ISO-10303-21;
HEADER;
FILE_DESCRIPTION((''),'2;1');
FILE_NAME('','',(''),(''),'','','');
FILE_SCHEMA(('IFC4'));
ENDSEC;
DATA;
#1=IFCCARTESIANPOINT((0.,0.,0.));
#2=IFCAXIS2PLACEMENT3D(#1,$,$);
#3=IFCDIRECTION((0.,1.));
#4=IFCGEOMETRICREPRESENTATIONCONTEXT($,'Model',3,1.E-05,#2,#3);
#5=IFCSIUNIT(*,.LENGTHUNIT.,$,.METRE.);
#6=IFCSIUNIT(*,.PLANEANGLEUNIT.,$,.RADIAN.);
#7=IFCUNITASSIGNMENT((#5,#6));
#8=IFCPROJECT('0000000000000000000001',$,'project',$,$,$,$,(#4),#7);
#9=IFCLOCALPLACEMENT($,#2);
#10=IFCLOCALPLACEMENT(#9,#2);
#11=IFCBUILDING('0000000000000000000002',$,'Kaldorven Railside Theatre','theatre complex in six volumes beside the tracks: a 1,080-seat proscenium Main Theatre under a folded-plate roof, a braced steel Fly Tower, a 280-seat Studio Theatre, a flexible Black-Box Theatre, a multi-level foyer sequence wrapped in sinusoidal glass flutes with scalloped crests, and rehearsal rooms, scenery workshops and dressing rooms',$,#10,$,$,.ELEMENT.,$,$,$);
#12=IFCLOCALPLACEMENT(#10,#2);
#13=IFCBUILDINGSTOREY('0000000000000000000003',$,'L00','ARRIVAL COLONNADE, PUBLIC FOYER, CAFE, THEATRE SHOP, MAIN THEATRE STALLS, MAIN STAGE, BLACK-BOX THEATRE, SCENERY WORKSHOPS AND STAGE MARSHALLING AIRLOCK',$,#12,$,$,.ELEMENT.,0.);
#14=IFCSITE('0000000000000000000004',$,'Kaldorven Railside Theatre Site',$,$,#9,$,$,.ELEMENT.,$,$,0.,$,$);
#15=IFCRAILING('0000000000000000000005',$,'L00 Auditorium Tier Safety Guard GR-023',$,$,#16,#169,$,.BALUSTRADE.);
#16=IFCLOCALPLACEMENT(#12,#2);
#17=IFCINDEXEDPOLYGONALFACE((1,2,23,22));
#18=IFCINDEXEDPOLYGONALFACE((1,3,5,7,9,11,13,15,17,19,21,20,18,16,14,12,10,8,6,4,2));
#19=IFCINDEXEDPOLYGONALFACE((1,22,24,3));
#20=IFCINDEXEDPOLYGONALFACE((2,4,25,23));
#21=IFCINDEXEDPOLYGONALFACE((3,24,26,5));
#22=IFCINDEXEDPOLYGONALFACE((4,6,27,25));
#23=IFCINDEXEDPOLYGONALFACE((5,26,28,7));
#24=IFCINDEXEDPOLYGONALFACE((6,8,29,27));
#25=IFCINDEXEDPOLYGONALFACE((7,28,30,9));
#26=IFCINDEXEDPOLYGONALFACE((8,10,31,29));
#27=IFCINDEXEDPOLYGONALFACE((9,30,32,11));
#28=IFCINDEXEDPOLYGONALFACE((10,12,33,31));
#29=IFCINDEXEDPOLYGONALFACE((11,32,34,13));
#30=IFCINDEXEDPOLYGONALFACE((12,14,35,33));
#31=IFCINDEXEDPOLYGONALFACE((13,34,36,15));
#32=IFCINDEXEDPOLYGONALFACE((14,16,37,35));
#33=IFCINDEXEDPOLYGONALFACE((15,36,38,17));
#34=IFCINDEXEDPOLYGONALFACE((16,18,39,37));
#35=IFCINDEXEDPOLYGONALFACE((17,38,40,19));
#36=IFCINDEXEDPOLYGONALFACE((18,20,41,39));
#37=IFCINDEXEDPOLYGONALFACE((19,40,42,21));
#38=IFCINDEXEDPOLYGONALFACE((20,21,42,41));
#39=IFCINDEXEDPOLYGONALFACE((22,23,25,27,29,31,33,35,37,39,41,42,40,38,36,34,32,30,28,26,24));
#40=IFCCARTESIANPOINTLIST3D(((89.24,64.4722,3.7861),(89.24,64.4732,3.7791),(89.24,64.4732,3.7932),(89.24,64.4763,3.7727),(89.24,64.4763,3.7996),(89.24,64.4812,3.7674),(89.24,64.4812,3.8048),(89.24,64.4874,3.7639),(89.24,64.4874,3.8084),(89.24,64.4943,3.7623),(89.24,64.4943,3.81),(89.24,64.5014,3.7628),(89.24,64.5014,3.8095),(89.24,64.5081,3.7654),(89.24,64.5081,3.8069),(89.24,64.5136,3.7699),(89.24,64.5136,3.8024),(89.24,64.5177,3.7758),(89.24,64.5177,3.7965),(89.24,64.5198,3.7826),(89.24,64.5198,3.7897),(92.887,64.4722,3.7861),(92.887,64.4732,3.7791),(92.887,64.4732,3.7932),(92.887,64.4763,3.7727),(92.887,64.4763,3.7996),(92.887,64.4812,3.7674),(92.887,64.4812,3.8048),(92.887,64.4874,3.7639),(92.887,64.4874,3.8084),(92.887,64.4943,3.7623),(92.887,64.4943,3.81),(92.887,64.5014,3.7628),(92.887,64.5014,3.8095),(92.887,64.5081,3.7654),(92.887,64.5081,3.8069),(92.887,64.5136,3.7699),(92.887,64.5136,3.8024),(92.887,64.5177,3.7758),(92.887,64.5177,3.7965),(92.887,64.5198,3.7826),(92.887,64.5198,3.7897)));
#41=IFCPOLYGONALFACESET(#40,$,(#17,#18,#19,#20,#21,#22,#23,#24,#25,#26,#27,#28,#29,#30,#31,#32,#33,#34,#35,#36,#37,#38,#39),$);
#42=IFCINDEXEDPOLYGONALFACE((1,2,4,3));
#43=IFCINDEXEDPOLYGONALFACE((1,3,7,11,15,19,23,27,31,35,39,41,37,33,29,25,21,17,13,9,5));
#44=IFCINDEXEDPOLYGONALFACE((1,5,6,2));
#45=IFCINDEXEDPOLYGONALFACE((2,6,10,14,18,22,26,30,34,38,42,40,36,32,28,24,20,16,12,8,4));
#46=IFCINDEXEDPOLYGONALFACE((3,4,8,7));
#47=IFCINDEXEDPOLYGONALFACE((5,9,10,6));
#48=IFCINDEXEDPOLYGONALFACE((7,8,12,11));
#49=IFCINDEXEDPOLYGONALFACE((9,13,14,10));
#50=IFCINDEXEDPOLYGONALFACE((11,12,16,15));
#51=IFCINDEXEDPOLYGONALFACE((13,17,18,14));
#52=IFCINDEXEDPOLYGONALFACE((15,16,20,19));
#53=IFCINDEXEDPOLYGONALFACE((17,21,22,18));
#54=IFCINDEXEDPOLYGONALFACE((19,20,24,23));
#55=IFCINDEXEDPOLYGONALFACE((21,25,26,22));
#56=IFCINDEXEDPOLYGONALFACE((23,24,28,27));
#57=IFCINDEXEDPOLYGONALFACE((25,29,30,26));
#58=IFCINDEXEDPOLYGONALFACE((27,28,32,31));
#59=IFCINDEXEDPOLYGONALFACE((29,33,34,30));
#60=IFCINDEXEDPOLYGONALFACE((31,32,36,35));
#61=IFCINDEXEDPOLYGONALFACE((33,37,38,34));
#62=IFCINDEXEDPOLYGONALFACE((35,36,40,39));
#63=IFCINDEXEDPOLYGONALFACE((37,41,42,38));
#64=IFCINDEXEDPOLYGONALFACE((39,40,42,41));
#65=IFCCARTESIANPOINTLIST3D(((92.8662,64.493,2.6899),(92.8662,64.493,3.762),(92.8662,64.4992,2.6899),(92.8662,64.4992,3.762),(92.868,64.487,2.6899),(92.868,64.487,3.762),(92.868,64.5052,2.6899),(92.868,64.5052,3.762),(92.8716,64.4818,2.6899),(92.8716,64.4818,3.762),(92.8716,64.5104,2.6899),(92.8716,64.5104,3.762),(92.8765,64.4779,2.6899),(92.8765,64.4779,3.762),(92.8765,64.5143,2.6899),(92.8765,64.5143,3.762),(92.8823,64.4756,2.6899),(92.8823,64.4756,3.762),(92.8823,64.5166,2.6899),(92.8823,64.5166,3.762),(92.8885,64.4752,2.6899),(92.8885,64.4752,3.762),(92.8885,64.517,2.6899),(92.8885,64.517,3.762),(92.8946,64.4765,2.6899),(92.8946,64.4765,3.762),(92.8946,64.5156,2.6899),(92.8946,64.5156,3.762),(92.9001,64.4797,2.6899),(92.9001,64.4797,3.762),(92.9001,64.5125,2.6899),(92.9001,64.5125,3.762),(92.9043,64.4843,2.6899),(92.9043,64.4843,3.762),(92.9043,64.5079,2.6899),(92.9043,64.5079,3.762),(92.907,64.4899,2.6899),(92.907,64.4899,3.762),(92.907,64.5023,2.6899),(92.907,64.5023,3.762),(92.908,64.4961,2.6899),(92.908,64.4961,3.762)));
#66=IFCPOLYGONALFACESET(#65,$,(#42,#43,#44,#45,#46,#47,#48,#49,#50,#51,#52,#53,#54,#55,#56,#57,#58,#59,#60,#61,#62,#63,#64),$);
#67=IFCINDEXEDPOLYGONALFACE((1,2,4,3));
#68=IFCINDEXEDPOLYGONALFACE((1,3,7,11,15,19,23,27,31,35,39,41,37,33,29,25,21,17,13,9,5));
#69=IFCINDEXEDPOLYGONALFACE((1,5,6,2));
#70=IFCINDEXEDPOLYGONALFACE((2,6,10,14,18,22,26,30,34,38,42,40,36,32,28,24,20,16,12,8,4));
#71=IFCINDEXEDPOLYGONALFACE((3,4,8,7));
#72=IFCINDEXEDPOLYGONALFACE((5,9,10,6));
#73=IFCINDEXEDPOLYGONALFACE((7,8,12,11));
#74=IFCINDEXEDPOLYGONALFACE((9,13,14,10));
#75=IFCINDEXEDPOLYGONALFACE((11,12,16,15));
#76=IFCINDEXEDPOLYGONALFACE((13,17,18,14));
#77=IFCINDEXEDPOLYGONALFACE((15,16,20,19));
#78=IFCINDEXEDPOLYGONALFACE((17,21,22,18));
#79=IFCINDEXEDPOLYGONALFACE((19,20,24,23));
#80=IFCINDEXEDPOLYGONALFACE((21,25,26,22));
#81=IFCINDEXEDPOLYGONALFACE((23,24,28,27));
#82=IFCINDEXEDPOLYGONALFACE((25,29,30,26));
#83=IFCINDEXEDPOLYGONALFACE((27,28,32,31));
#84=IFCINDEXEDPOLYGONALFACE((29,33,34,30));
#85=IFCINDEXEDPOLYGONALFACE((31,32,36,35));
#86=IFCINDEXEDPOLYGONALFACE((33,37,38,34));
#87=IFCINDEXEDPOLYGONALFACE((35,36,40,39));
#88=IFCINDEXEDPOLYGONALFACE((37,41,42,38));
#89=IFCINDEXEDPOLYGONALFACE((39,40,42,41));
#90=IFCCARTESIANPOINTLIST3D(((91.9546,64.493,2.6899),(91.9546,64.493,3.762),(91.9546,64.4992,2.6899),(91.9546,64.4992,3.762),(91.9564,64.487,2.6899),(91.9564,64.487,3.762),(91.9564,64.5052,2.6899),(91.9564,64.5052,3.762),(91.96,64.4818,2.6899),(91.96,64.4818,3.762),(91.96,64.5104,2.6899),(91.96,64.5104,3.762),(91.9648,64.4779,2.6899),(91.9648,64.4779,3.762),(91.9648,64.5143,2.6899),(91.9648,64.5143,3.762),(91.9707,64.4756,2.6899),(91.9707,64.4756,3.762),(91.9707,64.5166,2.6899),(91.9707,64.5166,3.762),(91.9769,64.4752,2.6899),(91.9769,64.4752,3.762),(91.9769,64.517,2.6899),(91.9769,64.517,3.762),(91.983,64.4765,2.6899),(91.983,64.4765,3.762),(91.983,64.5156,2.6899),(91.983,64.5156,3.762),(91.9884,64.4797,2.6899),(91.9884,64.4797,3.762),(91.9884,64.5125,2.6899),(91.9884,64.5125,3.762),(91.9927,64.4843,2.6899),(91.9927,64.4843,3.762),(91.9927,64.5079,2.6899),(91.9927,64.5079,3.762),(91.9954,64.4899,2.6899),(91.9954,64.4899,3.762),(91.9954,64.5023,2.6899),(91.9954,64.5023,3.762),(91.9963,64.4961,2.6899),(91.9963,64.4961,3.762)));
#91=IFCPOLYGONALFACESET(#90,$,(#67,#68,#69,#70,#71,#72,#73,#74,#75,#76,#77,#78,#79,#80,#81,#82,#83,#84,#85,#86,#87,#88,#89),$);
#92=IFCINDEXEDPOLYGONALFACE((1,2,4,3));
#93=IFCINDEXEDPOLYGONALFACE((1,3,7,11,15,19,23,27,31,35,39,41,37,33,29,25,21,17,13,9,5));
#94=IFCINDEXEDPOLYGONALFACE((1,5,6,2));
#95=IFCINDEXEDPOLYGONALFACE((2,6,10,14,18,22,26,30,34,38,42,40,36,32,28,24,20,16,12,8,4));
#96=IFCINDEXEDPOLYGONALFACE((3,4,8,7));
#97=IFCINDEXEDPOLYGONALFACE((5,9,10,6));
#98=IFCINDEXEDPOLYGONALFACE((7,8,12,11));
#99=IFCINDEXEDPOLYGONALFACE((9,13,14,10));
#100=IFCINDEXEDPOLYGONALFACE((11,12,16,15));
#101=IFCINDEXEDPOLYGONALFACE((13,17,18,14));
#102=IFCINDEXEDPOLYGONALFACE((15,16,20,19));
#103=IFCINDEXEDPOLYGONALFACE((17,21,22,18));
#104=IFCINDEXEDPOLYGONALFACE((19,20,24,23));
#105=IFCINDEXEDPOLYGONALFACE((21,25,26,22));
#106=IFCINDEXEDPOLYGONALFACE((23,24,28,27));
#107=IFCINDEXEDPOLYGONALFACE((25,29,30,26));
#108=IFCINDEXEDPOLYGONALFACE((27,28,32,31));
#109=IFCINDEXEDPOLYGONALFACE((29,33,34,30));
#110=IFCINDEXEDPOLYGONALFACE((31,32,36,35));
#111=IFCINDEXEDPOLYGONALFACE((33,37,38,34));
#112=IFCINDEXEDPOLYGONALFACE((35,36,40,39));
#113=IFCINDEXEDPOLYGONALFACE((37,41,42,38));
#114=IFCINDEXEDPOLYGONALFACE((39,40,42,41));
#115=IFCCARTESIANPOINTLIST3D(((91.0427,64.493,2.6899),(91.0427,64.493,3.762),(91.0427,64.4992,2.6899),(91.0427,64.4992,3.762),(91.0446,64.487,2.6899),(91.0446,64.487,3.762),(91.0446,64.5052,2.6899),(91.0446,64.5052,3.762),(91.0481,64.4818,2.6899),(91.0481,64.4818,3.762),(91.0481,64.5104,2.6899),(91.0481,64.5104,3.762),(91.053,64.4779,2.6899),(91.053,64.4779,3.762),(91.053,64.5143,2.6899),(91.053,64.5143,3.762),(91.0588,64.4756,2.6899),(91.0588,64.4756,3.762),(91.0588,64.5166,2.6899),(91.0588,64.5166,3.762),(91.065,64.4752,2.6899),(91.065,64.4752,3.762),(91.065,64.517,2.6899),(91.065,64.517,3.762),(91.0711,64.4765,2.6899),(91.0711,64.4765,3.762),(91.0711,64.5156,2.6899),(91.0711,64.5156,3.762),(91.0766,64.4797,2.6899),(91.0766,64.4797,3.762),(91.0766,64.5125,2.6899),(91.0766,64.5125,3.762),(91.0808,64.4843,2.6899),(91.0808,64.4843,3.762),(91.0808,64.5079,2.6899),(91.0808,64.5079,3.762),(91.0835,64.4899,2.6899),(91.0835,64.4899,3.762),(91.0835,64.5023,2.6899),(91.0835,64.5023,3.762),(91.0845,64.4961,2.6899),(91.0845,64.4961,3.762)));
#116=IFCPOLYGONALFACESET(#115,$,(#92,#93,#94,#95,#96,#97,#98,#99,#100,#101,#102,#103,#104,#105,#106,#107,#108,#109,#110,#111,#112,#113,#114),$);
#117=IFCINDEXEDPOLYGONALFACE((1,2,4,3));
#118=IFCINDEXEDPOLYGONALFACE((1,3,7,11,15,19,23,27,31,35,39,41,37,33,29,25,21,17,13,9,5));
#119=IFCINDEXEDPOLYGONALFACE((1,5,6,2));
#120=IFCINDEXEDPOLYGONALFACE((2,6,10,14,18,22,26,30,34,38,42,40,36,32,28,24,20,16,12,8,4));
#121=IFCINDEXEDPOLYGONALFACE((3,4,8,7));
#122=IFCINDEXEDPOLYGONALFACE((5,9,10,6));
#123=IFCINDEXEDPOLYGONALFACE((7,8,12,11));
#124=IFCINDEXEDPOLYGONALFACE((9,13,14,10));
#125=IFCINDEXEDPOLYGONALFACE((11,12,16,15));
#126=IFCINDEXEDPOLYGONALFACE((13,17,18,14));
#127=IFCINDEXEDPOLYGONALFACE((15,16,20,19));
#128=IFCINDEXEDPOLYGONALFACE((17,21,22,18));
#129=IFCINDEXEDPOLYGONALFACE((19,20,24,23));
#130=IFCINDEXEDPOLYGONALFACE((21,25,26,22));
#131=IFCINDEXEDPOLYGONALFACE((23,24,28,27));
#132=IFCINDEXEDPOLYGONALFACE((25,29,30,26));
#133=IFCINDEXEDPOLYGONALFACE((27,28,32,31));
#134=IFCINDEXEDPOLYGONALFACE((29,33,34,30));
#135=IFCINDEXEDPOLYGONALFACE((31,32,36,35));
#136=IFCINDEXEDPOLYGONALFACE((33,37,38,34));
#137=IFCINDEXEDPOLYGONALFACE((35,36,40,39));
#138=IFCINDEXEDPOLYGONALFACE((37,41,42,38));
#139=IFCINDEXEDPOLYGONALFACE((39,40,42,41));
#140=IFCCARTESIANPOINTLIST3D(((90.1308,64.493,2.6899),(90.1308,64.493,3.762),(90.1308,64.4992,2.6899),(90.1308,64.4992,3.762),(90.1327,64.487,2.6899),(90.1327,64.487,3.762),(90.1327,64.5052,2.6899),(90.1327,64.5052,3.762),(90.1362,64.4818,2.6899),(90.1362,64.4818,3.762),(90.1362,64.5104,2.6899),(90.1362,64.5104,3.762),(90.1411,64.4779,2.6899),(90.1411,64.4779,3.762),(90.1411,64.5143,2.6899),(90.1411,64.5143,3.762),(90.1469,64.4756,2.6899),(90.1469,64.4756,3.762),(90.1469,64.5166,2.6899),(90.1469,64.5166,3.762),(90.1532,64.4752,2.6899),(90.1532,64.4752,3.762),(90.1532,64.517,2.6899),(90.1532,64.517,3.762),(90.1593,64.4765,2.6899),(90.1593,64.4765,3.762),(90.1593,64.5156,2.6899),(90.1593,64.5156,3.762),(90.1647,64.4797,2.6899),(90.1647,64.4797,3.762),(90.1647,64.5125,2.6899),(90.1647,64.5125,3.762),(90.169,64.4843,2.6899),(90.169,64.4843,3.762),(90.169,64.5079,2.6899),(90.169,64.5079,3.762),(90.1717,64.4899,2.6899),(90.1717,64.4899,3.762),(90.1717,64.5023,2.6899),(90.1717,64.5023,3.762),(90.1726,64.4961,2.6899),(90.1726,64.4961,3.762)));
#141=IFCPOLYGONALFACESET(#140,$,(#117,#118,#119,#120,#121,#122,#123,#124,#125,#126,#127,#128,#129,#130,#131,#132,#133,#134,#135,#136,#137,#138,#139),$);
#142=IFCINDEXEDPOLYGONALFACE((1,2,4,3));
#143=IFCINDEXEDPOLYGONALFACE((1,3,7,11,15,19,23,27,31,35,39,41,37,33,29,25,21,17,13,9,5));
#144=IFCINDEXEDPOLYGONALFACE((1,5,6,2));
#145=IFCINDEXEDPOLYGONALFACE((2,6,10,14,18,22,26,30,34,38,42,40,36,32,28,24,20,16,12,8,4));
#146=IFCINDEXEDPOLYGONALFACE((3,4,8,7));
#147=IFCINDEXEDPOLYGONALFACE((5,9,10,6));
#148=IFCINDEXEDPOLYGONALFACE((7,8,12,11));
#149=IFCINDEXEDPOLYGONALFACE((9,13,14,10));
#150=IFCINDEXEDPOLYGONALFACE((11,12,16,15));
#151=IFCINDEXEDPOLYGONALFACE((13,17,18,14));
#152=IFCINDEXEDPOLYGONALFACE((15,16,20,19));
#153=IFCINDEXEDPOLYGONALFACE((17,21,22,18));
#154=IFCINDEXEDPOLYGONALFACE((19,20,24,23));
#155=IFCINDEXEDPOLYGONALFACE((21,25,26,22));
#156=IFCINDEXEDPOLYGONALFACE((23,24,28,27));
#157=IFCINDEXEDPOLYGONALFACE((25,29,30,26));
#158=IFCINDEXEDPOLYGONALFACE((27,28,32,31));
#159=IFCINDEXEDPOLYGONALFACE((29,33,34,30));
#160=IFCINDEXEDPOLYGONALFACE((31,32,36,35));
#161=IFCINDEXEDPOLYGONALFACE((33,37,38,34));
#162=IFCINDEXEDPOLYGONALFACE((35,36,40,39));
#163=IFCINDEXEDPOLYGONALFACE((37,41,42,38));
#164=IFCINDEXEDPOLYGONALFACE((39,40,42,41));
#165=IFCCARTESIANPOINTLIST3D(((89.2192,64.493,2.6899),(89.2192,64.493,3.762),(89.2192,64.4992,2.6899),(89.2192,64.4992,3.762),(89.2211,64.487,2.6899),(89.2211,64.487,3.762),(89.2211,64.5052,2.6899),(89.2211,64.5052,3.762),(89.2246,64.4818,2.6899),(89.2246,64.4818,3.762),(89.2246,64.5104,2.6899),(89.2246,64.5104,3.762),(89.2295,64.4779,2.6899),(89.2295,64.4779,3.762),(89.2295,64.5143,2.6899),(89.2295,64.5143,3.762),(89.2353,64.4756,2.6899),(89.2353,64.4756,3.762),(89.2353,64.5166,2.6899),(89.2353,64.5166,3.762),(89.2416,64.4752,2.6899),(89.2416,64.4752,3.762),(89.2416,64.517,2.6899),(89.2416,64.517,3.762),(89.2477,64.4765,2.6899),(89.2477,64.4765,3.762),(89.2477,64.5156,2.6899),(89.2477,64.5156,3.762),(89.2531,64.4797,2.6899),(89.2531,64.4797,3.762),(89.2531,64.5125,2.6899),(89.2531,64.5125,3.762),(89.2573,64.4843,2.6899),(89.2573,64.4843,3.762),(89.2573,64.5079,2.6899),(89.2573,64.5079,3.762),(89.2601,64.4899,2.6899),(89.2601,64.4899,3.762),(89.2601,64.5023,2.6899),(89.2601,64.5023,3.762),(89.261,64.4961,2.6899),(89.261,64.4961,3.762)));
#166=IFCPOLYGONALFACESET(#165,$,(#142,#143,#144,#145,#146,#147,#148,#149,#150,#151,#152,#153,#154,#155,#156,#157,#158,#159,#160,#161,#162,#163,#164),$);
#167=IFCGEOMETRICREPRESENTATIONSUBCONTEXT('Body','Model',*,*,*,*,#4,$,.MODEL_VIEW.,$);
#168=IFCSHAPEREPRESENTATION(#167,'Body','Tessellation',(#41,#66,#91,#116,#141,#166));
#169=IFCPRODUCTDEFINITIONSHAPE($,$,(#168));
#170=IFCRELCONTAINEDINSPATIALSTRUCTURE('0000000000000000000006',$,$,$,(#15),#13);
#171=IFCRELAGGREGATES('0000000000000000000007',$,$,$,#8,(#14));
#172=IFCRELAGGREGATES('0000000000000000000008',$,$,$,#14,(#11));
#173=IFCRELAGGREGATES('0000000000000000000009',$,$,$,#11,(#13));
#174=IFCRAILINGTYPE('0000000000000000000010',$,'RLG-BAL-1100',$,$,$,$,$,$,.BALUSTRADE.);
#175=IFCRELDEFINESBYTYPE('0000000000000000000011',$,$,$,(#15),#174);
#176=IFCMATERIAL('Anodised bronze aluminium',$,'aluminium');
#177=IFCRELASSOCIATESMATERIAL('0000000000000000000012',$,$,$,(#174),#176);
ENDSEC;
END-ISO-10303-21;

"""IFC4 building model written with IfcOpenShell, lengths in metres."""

from ifc_helpers import new_model, si_unit, direction, frame, origin, origin_2d, place, context, subcontext, project, spatial, circle, extrude, material, type_object, element, save


model = new_model("IFC4")

# Units and contexts
model_context = context("Model", 3, precision=1e-05, world=origin(), true_north=direction((0.0, 1.0)))
body_context = subcontext(model_context, "Body", "Model", "MODEL_VIEW")
ifc_project = project(units=[si_unit("LENGTHUNIT", "METRE"), si_unit("PLANEANGLEUNIT", "RADIAN")], contexts=[model_context])

# Site, building, storey
site_placement = place(None, origin())
site = spatial("IfcSite", under=ifc_project, at=site_placement, Name="Kaldorven Railside Theatre Site", CompositionType="ELEMENT", RefElevation=0.0)
building_placement = place(site_placement, origin())
building = spatial("IfcBuilding", under=site, at=building_placement, Name="Kaldorven Railside Theatre", Description="theatre complex in six volumes beside the tracks: a 1,080-seat proscenium Main Theatre under a folded-plate roof, a braced steel Fly Tower, a 280-seat Studio Theatre, a flexible Black-Box Theatre, a multi-level foyer sequence wrapped in sinusoidal glass flutes with scalloped crests, and rehearsal rooms, scenery workshops and dressing rooms", CompositionType="ELEMENT")
storey_placement = place(building_placement, origin())
storey = spatial("IfcBuildingStorey", under=building, at=storey_placement, Name="L00", Description="ARRIVAL COLONNADE, PUBLIC FOYER, CAFE, THEATRE SHOP, MAIN THEATRE STALLS, MAIN STAGE, BLACK-BOX THEATRE, SCENERY WORKSHOPS AND STAGE MARSHALLING AIRLOCK", CompositionType="ELEMENT", Elevation=0.0)

# Railing
ifc_material_1 = material(Name="Anodised bronze aluminium", Category="aluminium")
railing_type = type_object("IfcRailingType", Name="RLG-BAL-1100", PredefinedType="BALUSTRADE", material=ifc_material_1)
railing_1_placement = place(storey_placement, frame((92.887, 64.4961, 2.6899)))
element("IfcRailing", 1, at=railing_1_placement, inside=storey, type_object=railing_type, Name="L00 Auditorium Tier Safety Guard GR-023", PredefinedType="BALUSTRADE", context=body_context, shape_type="SweptSolid", body=[
    extrude(circle(Radius=0.0239, at=origin_2d()), frame((0.0, 0.0, 1.0962), z_axis=(-1.0, 0.0, 0.0), x_axis=(0.0, -1.0, 0.0)), (0.0, 0.0, 1.0), 3.647),
    extrude(circle(Radius=0.021, at=origin_2d()), origin(), (0.0, 0.0, 1.0), 1.072),
    extrude(circle(Radius=0.021, at=origin_2d()), frame((-0.9116, 0.0, 0.0)), (0.0, 0.0, 1.0), 1.072),
    extrude(circle(Radius=0.021, at=origin_2d()), frame((-1.8235, 0.0, 0.0)), (0.0, 0.0, 1.0), 1.072),
    extrude(circle(Radius=0.021, at=origin_2d()), frame((-2.7354, 0.0, 0.0)), (0.0, 0.0, 1.0), 1.072),
    extrude(circle(Radius=0.021, at=origin_2d()), frame((-3.647, 0.0, 0.0)), (0.0, 0.0, 1.0), 1.072),
])

save(model, "model.ifc")
